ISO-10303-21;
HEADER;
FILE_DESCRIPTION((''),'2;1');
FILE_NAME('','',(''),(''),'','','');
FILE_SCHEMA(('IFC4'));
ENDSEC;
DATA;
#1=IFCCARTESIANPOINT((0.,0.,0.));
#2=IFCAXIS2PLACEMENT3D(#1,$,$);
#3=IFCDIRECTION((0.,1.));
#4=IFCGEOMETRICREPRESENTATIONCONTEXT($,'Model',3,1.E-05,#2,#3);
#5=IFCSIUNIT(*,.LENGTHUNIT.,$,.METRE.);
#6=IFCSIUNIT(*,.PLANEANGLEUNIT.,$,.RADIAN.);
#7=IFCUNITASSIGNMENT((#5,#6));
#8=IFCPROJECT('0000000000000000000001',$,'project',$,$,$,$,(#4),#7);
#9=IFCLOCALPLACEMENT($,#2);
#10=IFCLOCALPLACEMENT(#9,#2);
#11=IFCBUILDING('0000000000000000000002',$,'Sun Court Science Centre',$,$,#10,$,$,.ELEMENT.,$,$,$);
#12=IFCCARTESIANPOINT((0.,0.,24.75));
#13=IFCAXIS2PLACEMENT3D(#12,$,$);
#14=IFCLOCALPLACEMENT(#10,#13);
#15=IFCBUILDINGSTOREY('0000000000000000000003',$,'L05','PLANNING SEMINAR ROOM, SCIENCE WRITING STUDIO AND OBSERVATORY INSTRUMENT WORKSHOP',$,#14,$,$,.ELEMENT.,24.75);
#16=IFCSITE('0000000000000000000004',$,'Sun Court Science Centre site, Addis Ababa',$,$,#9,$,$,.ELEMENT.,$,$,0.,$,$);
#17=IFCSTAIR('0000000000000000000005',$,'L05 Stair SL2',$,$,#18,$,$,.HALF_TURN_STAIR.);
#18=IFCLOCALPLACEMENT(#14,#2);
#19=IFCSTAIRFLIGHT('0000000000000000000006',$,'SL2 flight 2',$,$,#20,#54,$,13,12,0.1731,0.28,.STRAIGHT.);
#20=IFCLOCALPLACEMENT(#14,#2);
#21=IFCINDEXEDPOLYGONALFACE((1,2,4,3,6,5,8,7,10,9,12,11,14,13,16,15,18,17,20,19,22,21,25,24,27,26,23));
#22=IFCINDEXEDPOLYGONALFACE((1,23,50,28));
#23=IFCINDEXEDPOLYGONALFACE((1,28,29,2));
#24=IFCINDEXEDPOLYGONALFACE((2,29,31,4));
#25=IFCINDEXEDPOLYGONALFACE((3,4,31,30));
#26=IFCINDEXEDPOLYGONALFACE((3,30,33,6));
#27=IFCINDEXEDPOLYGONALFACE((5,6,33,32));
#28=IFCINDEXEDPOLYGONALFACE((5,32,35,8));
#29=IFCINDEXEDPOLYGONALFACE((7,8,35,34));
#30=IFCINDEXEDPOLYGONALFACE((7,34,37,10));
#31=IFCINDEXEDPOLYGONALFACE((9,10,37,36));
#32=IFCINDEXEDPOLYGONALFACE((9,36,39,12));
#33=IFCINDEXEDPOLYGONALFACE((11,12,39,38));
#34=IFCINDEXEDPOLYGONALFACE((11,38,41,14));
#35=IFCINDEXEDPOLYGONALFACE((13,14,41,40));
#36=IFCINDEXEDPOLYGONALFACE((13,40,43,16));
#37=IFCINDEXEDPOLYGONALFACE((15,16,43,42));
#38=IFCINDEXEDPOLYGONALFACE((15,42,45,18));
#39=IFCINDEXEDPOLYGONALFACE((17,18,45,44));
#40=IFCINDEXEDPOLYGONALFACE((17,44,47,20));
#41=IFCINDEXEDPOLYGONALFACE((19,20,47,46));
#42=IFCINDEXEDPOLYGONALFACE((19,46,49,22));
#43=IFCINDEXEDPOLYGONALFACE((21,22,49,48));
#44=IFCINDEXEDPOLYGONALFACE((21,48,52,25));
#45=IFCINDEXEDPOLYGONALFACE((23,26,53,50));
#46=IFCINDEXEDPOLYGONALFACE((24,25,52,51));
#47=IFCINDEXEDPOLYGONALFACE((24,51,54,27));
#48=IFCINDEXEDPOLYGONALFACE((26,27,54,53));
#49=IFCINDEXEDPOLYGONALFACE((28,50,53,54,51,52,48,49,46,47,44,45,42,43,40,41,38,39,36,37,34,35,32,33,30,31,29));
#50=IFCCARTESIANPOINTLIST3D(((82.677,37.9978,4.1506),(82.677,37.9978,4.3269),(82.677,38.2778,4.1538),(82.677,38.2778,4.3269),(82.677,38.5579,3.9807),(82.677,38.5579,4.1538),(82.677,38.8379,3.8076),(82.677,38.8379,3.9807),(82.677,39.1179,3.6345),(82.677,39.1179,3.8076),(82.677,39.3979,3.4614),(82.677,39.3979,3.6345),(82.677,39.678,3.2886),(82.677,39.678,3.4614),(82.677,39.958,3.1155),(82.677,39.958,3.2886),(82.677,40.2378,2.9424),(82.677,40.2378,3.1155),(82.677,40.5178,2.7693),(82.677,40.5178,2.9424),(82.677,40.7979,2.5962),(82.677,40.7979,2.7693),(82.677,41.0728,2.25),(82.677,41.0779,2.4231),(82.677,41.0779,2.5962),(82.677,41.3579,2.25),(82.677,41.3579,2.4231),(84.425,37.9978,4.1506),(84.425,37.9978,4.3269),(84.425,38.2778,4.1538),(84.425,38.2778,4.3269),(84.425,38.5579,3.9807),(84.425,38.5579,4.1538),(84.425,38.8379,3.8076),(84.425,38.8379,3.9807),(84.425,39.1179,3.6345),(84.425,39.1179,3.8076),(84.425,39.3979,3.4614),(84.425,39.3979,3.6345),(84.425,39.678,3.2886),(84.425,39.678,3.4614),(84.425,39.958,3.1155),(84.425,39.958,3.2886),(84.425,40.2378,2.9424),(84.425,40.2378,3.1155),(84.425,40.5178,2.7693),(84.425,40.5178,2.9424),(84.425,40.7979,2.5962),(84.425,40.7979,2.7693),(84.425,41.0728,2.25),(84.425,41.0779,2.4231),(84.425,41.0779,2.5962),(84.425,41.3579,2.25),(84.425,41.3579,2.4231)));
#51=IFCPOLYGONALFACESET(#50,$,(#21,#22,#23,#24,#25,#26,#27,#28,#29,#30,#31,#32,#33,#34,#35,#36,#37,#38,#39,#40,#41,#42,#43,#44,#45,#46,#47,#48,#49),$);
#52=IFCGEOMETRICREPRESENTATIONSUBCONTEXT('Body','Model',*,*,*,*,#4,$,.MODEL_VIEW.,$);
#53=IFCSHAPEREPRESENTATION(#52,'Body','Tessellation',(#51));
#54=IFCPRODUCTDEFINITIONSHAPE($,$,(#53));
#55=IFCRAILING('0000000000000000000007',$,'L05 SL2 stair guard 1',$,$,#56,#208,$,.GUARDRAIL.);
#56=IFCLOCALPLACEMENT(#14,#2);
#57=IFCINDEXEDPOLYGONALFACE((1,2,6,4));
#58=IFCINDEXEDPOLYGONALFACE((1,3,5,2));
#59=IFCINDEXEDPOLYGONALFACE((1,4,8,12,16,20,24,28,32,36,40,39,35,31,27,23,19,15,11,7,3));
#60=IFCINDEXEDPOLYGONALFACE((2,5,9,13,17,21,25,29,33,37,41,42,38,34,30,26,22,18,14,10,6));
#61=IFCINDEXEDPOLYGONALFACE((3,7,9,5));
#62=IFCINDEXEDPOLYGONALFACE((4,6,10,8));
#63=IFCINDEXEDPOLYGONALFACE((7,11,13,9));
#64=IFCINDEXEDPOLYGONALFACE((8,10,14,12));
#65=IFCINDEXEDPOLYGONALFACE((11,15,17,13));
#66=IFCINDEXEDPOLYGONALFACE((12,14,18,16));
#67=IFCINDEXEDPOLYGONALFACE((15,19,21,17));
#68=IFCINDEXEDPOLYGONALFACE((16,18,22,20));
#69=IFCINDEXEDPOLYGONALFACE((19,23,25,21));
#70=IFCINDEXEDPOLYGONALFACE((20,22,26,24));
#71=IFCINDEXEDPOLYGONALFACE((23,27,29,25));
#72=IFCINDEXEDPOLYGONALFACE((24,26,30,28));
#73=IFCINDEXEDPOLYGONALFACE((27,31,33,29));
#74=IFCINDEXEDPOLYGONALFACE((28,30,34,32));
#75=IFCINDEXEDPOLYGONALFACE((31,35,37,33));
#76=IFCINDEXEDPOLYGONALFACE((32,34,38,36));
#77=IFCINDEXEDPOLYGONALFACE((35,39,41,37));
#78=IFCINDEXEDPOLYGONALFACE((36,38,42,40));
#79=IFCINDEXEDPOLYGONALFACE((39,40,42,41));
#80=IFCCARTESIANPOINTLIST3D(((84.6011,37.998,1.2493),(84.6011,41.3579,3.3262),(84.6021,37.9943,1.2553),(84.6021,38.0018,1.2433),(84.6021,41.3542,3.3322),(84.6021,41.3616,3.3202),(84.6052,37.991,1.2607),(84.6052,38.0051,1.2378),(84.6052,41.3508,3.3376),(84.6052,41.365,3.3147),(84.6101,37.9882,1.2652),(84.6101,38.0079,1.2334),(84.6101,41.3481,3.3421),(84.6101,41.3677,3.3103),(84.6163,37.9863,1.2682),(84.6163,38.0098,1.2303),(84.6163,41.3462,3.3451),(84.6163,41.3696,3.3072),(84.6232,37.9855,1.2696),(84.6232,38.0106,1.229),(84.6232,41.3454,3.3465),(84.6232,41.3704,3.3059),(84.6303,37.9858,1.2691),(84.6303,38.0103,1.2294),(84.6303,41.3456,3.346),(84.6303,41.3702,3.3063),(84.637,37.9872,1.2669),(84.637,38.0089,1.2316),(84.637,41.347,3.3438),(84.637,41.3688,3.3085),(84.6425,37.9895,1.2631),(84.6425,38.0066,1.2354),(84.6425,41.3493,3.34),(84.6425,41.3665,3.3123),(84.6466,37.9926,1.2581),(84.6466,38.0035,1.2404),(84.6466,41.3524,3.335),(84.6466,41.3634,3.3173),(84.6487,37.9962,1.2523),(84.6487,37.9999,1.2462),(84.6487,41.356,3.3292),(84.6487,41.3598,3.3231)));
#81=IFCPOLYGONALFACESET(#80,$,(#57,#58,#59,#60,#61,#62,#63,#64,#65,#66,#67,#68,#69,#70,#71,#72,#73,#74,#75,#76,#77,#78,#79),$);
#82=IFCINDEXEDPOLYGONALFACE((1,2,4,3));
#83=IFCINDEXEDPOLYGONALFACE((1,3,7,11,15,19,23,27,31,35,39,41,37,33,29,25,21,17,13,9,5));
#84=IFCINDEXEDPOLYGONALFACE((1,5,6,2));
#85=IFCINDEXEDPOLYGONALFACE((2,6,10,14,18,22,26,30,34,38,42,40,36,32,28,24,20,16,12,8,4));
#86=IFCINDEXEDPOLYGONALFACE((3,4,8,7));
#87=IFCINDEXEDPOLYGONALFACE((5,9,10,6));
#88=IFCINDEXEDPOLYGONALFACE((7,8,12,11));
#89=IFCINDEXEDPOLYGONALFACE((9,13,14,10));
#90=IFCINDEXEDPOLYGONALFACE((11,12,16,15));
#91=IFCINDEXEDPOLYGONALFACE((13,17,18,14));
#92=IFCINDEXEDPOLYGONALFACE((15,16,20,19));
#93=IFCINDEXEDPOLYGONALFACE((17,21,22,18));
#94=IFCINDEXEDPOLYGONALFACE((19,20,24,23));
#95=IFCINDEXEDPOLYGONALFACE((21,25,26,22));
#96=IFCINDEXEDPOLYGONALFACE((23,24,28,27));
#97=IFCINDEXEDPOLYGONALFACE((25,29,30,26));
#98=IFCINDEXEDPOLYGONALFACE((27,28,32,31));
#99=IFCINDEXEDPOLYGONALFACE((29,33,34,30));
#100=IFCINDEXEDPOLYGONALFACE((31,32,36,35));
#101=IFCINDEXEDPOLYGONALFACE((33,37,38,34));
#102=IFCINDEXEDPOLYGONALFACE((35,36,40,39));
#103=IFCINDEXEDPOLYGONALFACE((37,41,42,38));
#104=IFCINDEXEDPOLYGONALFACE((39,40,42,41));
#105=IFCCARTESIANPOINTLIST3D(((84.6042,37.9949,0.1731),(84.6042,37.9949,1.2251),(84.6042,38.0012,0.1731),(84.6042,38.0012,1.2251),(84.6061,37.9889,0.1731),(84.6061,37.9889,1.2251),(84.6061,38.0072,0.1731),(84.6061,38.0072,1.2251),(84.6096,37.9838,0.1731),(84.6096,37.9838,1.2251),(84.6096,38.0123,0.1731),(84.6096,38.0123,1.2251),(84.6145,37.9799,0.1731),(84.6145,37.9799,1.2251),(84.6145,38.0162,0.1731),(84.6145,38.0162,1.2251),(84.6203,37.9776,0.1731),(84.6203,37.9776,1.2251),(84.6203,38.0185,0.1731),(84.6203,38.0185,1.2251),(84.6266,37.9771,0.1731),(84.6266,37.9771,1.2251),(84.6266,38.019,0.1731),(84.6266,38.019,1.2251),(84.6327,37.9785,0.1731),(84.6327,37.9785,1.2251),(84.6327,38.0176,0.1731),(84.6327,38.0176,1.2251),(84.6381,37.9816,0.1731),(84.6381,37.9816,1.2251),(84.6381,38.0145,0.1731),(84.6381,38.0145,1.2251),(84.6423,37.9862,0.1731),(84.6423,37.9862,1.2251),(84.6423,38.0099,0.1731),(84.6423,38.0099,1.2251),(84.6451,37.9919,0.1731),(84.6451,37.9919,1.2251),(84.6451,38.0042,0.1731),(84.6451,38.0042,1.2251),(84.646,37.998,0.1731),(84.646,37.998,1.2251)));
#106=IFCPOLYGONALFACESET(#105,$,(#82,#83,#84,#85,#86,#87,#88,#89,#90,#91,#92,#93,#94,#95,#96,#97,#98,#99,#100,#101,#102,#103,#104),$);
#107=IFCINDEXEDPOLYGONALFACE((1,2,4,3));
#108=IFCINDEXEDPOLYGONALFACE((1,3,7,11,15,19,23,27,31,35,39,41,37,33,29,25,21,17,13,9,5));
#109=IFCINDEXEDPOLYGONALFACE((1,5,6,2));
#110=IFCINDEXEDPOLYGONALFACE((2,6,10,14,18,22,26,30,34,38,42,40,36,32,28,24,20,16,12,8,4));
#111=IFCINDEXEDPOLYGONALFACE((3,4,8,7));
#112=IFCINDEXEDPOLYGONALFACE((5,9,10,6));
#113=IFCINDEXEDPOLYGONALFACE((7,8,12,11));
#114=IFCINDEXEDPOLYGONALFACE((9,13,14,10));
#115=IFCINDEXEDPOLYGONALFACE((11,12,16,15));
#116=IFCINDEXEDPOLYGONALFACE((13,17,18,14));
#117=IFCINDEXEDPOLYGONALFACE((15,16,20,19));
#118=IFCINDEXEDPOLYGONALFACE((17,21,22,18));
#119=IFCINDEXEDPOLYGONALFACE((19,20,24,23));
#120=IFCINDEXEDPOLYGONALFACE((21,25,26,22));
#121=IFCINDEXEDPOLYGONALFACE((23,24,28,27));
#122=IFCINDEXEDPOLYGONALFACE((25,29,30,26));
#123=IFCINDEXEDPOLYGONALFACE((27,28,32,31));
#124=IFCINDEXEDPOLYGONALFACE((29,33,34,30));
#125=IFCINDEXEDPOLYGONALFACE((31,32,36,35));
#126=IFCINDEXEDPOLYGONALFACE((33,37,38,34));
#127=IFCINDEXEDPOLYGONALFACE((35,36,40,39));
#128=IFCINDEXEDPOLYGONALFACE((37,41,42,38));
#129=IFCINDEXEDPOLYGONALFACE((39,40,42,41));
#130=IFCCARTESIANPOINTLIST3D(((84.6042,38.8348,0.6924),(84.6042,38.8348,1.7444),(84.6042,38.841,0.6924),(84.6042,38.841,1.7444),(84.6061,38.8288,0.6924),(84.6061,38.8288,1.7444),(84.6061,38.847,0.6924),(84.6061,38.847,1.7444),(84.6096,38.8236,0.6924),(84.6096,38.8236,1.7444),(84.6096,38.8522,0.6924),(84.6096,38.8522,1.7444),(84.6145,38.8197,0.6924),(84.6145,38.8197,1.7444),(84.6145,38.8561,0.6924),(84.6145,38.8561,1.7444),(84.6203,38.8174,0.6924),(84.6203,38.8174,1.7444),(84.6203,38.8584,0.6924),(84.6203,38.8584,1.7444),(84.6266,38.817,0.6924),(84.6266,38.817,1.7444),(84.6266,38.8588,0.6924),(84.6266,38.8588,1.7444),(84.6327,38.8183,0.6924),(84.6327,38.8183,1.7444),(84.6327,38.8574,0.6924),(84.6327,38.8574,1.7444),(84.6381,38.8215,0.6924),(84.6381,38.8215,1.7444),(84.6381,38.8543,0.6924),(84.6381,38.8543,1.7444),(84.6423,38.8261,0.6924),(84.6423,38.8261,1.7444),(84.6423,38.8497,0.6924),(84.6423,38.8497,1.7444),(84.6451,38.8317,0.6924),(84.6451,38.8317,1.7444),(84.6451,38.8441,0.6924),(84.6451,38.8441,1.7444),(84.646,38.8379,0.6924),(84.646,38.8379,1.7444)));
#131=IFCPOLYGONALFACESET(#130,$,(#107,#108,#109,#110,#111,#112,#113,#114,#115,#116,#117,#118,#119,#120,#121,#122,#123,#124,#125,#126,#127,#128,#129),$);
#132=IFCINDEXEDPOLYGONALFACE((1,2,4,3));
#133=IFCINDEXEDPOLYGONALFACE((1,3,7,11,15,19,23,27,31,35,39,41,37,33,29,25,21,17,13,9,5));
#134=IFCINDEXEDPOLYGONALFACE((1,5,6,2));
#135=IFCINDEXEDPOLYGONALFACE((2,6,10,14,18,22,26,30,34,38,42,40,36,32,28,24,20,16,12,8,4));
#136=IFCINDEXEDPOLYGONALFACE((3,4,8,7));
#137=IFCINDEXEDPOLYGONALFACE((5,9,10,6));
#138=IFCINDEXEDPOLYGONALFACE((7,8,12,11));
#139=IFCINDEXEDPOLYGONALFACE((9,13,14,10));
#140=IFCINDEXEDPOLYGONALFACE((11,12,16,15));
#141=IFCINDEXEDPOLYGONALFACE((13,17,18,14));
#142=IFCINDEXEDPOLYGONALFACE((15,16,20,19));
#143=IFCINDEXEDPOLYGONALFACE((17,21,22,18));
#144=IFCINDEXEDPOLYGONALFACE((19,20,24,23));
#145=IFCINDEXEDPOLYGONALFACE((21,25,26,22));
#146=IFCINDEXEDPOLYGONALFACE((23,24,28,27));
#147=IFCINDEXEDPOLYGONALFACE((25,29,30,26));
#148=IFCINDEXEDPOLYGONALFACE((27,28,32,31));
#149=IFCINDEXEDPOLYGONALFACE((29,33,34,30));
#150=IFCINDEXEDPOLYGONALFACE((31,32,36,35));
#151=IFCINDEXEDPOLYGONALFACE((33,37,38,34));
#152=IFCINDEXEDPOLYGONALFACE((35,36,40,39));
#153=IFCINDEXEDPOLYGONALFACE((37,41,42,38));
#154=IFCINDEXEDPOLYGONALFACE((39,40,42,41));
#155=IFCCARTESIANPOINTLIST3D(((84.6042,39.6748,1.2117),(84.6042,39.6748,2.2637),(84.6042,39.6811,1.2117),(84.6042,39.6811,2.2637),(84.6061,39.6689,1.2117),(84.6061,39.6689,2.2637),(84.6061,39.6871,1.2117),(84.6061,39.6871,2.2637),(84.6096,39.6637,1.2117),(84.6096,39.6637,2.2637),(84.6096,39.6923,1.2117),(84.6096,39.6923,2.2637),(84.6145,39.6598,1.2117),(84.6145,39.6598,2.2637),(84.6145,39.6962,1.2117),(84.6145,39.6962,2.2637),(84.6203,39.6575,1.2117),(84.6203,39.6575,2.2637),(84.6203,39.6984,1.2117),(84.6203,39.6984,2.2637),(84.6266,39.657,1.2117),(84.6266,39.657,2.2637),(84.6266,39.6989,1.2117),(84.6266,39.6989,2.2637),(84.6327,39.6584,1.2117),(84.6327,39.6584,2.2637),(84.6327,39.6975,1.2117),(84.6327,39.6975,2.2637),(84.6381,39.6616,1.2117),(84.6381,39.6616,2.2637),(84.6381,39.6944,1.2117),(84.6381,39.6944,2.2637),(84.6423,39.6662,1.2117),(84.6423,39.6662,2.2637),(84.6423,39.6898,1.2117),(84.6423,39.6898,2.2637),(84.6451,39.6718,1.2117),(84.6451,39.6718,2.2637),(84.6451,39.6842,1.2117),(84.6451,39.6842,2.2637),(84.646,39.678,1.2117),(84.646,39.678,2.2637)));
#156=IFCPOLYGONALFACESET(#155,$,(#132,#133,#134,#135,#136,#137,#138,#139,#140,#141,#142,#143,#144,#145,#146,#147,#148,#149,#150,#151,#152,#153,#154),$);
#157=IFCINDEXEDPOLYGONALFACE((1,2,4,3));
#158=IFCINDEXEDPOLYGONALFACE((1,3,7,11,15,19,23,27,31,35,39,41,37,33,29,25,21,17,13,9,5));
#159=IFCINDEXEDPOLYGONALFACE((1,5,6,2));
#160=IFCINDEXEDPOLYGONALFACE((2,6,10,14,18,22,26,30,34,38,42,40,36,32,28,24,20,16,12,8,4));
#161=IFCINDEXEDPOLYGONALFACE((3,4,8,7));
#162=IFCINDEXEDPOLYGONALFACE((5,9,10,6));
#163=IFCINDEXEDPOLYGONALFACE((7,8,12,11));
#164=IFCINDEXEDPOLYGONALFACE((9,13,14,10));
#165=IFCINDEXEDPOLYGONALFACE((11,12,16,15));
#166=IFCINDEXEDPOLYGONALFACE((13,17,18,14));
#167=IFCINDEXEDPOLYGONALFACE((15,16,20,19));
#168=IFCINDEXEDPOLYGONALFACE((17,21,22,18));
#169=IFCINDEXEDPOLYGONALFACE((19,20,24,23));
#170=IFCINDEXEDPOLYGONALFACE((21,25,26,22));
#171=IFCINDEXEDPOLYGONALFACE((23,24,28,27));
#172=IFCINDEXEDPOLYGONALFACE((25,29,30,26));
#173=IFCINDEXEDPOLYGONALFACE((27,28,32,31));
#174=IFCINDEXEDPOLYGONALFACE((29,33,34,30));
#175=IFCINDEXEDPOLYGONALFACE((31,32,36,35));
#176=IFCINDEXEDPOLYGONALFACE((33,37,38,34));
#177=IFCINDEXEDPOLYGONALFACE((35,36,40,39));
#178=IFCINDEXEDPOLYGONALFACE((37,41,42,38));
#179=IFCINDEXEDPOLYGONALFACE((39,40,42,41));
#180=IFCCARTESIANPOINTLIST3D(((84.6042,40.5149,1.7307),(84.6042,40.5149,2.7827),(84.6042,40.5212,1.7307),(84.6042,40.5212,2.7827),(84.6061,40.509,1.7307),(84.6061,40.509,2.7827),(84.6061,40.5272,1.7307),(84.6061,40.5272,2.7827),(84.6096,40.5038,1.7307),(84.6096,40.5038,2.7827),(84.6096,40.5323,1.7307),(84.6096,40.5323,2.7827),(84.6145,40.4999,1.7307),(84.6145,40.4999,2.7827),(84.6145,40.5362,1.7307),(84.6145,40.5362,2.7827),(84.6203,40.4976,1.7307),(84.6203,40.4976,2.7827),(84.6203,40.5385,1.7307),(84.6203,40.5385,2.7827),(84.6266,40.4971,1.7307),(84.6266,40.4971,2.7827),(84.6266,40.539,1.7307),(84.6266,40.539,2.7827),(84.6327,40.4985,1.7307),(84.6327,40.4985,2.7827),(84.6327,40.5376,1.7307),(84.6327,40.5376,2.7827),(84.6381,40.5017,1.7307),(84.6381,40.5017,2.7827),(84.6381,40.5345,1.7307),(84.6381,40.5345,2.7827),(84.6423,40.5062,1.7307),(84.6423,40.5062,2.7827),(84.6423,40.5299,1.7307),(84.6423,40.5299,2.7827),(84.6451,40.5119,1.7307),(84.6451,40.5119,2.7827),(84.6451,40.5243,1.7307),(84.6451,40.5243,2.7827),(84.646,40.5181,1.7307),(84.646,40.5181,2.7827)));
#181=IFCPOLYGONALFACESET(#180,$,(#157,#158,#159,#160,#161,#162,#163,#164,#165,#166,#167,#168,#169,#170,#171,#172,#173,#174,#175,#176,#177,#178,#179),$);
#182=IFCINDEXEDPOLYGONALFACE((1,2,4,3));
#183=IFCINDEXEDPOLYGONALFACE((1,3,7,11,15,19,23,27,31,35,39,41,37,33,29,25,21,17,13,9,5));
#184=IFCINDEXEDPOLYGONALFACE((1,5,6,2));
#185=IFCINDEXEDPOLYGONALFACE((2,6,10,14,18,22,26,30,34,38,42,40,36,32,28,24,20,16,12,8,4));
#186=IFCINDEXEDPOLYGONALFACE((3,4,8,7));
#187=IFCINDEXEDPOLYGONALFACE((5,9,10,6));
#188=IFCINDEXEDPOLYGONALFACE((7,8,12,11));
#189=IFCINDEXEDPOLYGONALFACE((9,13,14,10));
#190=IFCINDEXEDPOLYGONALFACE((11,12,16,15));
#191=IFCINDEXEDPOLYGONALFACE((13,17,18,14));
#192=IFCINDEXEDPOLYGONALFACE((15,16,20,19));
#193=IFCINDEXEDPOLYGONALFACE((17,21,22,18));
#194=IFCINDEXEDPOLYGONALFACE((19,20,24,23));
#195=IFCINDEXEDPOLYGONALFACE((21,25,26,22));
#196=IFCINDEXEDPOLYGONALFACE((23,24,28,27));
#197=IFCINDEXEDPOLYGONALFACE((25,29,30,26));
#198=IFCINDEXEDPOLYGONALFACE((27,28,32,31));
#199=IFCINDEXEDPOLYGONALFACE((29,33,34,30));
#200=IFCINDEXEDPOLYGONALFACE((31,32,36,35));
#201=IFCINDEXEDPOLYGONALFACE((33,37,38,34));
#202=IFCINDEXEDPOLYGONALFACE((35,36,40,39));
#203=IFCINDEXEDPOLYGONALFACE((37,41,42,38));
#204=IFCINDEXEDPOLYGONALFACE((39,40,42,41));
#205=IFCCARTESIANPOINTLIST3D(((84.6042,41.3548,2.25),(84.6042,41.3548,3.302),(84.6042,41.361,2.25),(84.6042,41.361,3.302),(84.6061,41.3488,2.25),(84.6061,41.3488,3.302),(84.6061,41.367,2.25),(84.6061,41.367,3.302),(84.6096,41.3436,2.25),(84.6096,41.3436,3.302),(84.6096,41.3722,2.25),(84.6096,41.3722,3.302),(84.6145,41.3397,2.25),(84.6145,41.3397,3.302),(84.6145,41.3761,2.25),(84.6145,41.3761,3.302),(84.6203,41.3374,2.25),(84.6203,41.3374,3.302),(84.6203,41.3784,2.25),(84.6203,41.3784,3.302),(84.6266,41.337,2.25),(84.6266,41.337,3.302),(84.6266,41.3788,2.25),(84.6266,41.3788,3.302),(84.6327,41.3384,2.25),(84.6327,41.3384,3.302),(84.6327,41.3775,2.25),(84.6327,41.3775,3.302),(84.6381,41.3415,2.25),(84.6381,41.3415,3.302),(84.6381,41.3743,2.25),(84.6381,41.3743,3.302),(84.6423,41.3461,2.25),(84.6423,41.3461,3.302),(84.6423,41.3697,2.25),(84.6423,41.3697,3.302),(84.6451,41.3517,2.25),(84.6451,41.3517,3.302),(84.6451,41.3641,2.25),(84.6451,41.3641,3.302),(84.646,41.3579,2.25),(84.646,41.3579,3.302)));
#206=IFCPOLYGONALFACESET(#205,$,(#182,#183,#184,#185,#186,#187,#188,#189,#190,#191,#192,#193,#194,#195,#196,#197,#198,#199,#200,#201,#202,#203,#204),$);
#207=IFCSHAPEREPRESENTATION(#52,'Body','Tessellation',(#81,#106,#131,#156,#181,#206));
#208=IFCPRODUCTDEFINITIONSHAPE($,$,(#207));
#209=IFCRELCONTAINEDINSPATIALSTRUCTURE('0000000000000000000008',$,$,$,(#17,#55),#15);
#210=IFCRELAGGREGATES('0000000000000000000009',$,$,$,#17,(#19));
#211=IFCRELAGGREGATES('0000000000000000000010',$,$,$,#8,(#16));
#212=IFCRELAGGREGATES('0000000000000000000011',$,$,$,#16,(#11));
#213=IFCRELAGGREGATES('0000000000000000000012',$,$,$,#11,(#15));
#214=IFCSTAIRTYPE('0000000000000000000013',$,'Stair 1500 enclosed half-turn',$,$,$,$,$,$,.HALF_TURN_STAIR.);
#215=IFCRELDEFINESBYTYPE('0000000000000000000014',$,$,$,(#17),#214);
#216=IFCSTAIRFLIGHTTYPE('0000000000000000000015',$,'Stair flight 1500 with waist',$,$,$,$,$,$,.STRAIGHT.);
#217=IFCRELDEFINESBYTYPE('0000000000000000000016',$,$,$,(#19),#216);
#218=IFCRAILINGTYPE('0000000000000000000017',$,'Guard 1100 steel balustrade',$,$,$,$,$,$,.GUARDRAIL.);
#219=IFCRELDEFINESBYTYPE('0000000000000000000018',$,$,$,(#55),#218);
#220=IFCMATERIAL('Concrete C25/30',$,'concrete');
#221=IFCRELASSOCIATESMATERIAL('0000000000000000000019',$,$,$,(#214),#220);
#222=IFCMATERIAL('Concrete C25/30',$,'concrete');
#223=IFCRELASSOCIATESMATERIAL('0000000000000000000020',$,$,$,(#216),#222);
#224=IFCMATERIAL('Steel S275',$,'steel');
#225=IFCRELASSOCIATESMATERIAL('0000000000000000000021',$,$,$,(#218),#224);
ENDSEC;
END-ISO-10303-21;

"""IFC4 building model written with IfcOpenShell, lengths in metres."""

from ifc_helpers import new_model, si_unit, direction, frame, origin, origin_2d, place, context, subcontext, project, spatial, polyline, circle, outline, extrude, material, type_object, element, aggregate, save


model = new_model("IFC4")

# Units and contexts
model_context = context("Model", 3, precision=1e-05, world=origin(), true_north=direction((0.0, 1.0)))
body_context = subcontext(model_context, "Body", "Model", "MODEL_VIEW")
ifc_project = project(units=[si_unit("LENGTHUNIT", "METRE"), si_unit("PLANEANGLEUNIT", "RADIAN")], contexts=[model_context])

# Site, building, storey
site_placement = place(None, origin())
site = spatial("IfcSite", under=ifc_project, at=site_placement, Name="Sun Court Science Centre site, Addis Ababa", CompositionType="ELEMENT", RefElevation=0.0)
building_placement = place(site_placement, origin())
building = spatial("IfcBuilding", under=site, at=building_placement, Name="Sun Court Science Centre", CompositionType="ELEMENT")
storey_placement = place(building_placement, frame((0.0, 0.0, 24.75)))
storey = spatial("IfcBuildingStorey", under=building, at=storey_placement, Name="L05", Description="PLANNING SEMINAR ROOM, SCIENCE WRITING STUDIO AND OBSERVATORY INSTRUMENT WORKSHOP", CompositionType="ELEMENT", Elevation=24.75)

# Stair, stair flight
ifc_material_1 = material(Name="Concrete C25/30", Category="concrete")
stair_type = type_object("IfcStairType", Name="Stair 1500 enclosed half-turn", PredefinedType="HALF_TURN_STAIR", material=ifc_material_1)
stair_placement = place(storey_placement, origin())
stair = element("IfcStair", 1, at=stair_placement, inside=storey, type_object=stair_type, Name="L05 Stair SL2", PredefinedType="HALF_TURN_STAIR")
ifc_material_2 = material(Name="Concrete C25/30", Category="concrete")
stair_flight_type = type_object("IfcStairFlightType", Name="Stair flight 1500 with waist", PredefinedType="STRAIGHT", material=ifc_material_2)
stair_flight_1_placement = place(storey_placement, frame((83.551, 41.3579, 2.25), z_axis=(0.0, 0.0, 1.0), x_axis=(0.0, -1.0, 0.0)))
stair_flight_1 = element("IfcStairFlight", 2, at=stair_flight_1_placement, type_object=stair_flight_type, Name="SL2 flight 2", NumberOfRisers=13, NumberOfTreads=12, PredefinedType="STRAIGHT", RiserHeight=0.1731, TreadLength=0.28, context=body_context, shape_type="SweptSolid", body=[
    extrude(outline(polyline([(0.0, 0.0), (0.0, 0.1731), (0.28, 0.1731), (0.28, 0.3462), (0.5601, 0.3462), (0.5601, 0.5193), (0.8401, 0.5193), (0.8401, 0.6924), (1.1201, 0.6924), (1.1201, 0.8655), (1.3999, 0.8655), (1.3999, 1.0386), (1.6799, 1.0386), (1.6799, 1.2114), (1.96, 1.2114), (1.96, 1.3845), (2.24, 1.3845), (2.24, 1.5576), (2.52, 1.5576), (2.52, 1.7307), (2.8, 1.7307), (2.8, 1.9038), (3.0801, 1.9038), (3.0801, 2.0769), (3.3601, 2.0769), (3.3601, 2.25), (3.3601, 1.9006), (0.2852, 0.0), (0.0, 0.0)])), frame((0.0, 0.874, 0.0), z_axis=(0.0, -1.0, 0.0), x_axis=(1.0, 0.0, 0.0)), (0.0, 0.0, 1.0), 1.748),
])
aggregate(stair, [stair_flight_1])

# Railing
ifc_material_3 = material(Name="Steel S275", Category="steel")
railing_type_1 = type_object("IfcRailingType", Name="Guard 1100 steel balustrade", PredefinedType="GUARDRAIL", material=ifc_material_3)
railing_1_placement = place(storey_placement, frame((84.625, 37.998, 0.1731)))
element("IfcRailing", 3, at=railing_1_placement, inside=storey, type_object=railing_type_1, Name="L05 SL2 stair guard 1", PredefinedType="GUARDRAIL", context=body_context, shape_type="SweptSolid", body=[
    extrude(circle(Radius=0.0239, at=origin_2d()), frame((0.0, 0.0, 1.0762), z_axis=(0.0, 0.850606, 0.525803), x_axis=(-1.0, 0.0, 0.0)), (0.0, 0.0, 1.0), 3.95),
    extrude(circle(Radius=0.021, at=origin_2d()), origin(), (0.0, 0.0, 1.0), 1.052),
    extrude(circle(Radius=0.021, at=origin_2d()), frame((0.0, 0.8398, 0.5193)), (0.0, 0.0, 1.0), 1.052),
    extrude(circle(Radius=0.021, at=origin_2d()), frame((0.0, 1.6799, 1.0386)), (0.0, 0.0, 1.0), 1.052),
    extrude(circle(Radius=0.021, at=origin_2d()), frame((0.0, 2.52, 1.5576)), (0.0, 0.0, 1.0), 1.052),
    extrude(circle(Radius=0.021, at=origin_2d()), frame((0.0, 3.3599, 2.0769)), (0.0, 0.0, 1.0), 1.052),
])

save(model, "model.ifc")
